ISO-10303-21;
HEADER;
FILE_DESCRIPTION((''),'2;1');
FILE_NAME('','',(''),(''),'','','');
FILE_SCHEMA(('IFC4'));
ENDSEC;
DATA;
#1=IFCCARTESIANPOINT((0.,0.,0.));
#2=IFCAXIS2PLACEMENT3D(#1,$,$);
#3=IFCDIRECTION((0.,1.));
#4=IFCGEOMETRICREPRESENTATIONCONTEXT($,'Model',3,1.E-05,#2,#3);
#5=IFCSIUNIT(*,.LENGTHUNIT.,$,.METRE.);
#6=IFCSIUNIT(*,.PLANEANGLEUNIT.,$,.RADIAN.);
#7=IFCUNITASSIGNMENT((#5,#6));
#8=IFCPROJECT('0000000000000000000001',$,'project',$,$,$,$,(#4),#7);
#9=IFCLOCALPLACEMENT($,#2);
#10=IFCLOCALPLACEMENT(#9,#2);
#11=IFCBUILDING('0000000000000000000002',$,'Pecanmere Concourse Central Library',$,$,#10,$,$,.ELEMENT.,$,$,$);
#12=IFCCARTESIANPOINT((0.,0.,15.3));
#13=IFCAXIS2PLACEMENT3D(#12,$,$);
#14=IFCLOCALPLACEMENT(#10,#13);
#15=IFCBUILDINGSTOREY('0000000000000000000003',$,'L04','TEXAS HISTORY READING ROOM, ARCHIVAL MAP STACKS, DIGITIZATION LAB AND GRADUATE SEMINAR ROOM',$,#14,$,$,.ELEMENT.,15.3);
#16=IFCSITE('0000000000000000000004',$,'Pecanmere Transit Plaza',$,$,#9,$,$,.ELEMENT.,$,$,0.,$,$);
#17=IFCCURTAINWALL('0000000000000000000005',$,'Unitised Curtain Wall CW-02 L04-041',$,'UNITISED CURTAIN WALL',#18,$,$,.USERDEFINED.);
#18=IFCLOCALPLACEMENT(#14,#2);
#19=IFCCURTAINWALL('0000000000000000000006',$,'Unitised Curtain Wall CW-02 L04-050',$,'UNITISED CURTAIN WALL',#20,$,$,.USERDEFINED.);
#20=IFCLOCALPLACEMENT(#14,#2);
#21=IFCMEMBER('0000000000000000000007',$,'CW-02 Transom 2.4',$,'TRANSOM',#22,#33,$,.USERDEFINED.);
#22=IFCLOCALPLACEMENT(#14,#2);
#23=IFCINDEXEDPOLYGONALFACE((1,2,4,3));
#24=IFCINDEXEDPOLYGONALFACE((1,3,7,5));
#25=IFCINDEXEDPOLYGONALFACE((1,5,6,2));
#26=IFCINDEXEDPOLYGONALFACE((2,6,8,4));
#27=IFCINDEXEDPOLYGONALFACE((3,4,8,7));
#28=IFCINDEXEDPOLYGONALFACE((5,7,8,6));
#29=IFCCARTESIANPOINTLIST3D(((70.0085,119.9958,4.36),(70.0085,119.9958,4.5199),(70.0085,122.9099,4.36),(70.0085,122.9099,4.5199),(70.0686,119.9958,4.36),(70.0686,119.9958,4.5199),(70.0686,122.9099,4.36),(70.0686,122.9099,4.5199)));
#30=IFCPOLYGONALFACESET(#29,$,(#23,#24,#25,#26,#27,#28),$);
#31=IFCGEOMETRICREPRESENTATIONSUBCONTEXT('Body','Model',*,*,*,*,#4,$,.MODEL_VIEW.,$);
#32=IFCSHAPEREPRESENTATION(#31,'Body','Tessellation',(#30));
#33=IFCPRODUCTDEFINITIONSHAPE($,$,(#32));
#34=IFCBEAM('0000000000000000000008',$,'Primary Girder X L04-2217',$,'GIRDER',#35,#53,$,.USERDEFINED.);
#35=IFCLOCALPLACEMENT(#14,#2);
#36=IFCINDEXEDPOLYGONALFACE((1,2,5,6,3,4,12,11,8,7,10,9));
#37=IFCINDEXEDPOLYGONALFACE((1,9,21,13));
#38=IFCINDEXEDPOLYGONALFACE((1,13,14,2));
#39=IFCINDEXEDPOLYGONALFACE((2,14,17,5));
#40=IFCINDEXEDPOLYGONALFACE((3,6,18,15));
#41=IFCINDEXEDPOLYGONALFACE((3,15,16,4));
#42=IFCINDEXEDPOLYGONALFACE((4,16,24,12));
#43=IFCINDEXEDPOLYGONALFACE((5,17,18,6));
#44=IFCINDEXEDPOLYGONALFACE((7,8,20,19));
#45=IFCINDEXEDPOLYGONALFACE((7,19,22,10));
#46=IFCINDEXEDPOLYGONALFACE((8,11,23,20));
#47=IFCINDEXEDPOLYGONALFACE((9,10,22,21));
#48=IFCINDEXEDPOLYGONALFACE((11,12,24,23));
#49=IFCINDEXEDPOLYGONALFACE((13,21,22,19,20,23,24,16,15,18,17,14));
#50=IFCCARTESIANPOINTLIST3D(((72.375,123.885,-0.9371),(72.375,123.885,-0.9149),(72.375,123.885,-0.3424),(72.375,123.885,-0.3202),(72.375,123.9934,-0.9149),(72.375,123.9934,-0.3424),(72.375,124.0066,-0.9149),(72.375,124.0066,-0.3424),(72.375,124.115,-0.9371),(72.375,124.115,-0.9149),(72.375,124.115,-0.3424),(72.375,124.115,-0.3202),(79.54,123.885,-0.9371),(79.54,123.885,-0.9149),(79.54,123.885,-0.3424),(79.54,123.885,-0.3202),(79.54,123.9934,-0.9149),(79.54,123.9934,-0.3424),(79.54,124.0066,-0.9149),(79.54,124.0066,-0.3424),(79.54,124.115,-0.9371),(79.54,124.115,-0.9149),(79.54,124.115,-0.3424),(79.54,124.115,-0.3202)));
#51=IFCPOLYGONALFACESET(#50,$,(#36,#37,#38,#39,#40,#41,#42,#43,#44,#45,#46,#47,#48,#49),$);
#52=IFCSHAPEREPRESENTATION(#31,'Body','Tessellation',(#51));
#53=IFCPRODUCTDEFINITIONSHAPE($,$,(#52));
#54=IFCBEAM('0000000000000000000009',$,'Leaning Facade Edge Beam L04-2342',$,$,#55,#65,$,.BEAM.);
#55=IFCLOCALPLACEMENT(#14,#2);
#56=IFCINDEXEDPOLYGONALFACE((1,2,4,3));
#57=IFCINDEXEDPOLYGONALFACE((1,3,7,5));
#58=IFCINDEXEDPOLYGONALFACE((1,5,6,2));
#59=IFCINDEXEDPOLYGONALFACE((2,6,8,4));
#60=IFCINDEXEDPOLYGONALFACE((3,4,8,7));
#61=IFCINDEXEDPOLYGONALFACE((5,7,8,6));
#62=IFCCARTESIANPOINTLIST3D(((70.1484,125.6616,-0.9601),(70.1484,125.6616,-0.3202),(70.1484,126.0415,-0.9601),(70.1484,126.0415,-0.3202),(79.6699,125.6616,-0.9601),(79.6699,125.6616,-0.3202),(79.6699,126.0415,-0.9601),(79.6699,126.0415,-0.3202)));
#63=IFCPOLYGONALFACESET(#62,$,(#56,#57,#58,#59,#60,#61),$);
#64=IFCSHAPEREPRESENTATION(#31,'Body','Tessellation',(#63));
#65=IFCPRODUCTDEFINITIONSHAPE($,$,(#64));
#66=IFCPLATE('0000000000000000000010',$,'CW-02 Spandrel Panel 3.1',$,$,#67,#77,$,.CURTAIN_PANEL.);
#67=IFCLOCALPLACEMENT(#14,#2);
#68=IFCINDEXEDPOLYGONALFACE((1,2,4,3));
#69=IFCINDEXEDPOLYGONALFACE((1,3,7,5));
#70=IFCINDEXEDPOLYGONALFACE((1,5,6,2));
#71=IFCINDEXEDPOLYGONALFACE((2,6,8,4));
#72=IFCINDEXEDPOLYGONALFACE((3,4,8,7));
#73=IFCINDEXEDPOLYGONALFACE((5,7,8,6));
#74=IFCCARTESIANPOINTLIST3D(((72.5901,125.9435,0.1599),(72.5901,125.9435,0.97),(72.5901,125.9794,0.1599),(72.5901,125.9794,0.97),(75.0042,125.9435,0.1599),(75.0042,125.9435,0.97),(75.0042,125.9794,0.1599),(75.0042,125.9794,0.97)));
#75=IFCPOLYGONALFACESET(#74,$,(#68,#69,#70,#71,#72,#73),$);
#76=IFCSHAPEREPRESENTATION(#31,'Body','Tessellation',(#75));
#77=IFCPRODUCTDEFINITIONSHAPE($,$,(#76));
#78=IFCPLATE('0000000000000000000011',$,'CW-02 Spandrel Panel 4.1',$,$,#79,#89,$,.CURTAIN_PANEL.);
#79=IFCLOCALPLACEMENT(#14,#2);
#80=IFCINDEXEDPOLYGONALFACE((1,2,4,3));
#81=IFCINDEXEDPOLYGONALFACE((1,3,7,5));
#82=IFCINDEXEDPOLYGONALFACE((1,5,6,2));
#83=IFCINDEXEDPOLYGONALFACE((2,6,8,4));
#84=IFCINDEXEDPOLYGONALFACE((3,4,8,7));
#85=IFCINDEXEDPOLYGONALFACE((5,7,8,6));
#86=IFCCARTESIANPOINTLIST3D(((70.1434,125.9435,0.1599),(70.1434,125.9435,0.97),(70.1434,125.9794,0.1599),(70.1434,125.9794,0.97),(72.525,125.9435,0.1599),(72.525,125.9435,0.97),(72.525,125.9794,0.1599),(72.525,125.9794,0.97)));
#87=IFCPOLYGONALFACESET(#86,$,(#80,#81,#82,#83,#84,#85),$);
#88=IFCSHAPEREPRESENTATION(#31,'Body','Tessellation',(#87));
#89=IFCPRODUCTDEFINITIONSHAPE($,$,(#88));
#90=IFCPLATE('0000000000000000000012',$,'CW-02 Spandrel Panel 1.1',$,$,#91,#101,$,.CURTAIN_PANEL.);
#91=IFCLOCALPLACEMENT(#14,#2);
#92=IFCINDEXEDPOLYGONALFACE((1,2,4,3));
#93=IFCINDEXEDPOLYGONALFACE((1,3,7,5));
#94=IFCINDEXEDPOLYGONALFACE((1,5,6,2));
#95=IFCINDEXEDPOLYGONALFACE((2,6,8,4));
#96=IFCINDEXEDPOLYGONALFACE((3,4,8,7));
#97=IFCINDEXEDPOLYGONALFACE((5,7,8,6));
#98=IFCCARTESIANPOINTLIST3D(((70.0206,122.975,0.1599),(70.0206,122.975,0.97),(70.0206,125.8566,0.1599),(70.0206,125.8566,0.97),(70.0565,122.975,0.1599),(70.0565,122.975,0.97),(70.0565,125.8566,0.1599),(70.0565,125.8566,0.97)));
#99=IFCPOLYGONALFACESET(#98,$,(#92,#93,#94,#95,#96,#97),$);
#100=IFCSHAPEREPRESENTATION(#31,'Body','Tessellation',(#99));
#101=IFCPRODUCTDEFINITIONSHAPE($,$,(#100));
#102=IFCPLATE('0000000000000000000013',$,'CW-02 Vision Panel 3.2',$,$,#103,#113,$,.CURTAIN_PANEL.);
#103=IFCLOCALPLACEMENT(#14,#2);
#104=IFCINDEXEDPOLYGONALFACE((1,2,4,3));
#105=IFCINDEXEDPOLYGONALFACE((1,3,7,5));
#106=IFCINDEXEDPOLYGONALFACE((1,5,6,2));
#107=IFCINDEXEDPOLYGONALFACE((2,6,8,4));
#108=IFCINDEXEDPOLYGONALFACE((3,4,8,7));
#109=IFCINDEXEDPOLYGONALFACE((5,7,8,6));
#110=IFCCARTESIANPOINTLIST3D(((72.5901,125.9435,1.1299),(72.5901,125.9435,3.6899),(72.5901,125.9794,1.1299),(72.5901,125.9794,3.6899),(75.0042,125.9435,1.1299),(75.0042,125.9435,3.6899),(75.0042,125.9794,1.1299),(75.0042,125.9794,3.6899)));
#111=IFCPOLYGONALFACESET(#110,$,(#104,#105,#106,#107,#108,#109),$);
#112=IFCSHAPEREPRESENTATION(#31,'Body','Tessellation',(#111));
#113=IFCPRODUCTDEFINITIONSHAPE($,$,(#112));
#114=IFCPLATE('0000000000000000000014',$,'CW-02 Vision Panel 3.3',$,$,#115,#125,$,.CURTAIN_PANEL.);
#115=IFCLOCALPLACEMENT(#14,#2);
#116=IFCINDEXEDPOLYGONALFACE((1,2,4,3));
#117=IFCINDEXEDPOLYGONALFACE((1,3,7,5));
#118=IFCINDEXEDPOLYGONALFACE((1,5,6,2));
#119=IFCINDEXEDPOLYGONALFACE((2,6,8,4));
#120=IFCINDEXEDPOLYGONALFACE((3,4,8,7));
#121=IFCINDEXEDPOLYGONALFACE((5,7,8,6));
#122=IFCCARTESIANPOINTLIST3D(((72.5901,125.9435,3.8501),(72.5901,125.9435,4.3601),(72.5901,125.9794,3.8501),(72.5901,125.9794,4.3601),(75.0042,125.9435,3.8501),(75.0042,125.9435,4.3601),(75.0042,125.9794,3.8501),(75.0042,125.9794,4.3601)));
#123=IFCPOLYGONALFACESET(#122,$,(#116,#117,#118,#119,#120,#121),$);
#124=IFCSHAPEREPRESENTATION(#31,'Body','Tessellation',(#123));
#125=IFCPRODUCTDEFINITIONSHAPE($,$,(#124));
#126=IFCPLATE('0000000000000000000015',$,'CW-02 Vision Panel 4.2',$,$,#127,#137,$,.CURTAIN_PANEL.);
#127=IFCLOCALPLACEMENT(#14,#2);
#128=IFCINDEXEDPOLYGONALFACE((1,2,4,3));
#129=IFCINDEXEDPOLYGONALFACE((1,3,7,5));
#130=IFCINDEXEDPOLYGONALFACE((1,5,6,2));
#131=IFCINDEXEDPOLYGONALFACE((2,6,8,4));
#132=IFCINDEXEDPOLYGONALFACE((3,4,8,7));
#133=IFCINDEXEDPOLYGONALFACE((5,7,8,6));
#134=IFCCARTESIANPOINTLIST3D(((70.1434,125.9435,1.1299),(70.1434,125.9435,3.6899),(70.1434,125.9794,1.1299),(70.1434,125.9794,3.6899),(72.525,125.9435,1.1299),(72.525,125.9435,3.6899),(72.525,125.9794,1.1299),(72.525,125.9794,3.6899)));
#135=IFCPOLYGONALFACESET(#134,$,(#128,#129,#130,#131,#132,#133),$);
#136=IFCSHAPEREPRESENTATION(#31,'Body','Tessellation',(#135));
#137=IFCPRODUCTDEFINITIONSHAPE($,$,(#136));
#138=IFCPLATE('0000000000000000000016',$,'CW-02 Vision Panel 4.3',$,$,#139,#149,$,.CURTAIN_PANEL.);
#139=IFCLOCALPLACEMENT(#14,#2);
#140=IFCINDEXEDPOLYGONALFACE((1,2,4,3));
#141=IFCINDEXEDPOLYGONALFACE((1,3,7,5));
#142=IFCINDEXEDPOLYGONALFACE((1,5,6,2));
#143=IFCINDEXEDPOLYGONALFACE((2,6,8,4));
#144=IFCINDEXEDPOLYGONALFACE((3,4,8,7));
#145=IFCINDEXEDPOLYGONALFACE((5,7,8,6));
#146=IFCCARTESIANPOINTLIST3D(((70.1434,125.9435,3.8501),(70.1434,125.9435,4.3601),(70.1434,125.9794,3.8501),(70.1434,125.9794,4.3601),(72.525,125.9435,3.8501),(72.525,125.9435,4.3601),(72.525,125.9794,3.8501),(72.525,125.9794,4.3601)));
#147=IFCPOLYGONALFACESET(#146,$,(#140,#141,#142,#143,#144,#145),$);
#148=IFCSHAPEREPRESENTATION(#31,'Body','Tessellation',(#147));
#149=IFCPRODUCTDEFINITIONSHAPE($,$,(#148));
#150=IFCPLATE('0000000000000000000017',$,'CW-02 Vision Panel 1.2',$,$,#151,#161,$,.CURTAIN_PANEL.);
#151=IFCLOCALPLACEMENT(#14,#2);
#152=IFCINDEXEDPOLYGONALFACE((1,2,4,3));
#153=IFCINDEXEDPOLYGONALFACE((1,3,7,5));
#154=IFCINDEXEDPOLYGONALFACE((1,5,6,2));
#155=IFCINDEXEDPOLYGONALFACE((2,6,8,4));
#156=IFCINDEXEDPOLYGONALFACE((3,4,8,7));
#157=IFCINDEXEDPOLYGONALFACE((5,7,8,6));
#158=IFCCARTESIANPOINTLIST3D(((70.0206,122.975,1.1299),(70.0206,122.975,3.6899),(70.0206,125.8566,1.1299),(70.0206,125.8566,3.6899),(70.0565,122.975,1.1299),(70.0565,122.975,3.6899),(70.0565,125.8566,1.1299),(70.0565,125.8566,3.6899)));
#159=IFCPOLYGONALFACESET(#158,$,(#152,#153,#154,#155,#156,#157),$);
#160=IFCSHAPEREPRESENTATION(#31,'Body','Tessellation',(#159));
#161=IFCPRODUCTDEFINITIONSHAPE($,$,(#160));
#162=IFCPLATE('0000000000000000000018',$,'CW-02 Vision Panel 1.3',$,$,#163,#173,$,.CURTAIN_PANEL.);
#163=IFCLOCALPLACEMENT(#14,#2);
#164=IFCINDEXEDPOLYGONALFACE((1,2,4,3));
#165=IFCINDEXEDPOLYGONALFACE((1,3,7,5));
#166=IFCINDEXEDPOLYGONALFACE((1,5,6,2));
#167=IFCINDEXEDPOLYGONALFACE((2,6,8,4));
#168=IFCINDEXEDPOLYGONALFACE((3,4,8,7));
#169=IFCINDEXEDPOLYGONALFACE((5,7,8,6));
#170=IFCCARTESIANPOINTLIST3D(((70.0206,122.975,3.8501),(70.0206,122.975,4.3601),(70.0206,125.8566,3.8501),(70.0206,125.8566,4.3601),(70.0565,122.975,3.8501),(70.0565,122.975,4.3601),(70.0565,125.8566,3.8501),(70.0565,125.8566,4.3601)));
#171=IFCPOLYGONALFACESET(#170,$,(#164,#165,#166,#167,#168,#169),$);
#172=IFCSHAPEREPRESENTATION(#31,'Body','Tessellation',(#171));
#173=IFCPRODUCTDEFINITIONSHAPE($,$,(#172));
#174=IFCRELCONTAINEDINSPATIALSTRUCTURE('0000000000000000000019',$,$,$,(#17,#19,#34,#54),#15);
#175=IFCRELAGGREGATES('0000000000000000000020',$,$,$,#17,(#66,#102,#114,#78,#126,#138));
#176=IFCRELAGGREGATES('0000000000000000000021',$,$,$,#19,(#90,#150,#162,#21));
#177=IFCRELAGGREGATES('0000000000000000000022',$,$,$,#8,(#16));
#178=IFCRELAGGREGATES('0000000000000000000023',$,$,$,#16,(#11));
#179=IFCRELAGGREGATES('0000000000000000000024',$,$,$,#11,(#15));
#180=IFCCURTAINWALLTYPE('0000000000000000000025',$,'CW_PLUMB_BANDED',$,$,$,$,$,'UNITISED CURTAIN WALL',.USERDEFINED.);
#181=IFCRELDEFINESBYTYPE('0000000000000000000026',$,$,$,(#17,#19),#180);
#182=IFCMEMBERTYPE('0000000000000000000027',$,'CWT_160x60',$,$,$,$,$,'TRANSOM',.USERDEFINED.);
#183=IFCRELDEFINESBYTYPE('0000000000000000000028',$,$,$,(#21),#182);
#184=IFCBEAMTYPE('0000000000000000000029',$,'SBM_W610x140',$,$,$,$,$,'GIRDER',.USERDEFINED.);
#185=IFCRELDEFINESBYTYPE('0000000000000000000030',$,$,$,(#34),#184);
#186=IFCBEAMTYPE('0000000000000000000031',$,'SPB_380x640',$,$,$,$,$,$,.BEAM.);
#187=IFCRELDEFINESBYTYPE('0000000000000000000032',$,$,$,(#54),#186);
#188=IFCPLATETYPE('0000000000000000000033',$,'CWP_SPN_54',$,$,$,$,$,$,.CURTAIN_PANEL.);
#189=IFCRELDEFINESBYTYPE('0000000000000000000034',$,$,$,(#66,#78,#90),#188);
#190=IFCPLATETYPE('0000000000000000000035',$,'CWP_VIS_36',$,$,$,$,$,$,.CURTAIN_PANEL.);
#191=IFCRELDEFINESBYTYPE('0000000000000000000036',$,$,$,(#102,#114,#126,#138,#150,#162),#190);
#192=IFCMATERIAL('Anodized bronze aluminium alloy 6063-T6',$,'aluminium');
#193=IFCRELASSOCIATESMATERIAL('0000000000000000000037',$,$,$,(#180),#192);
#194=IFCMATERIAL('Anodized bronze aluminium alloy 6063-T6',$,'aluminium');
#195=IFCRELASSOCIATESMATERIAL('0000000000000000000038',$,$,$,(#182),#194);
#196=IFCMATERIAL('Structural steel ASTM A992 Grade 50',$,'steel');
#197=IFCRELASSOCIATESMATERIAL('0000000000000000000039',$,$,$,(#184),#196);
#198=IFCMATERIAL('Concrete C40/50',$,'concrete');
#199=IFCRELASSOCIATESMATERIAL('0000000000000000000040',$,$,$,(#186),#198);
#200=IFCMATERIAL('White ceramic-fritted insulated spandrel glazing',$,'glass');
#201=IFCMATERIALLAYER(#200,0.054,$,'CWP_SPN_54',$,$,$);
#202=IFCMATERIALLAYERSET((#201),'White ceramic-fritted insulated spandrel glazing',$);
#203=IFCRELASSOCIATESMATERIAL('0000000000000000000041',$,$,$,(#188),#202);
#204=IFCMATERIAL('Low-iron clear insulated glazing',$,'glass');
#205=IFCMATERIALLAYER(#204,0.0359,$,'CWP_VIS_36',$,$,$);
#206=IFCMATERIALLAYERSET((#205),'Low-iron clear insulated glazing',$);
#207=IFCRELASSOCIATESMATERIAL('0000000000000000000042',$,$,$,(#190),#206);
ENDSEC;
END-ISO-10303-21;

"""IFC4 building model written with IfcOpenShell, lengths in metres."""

from ifc_helpers import new_model, si_unit, direction, frame, origin, origin_2d, place, context, subcontext, project, spatial, rectangle, i_section, extrude, material, layer, layer_set, material_profile, profile_set, type_object, element, aggregate, save


model = new_model("IFC4")

# Units and contexts
model_context = context("Model", 3, precision=1e-05, world=origin(), true_north=direction((0.0, 1.0)))
body_context = subcontext(model_context, "Body", "Model", "MODEL_VIEW")
ifc_project = project(units=[si_unit("LENGTHUNIT", "METRE"), si_unit("PLANEANGLEUNIT", "RADIAN")], contexts=[model_context])

# Site, building, storey
site_placement = place(None, origin())
site = spatial("IfcSite", under=ifc_project, at=site_placement, Name="Pecanmere Transit Plaza", CompositionType="ELEMENT", RefElevation=0.0)
building_placement = place(site_placement, origin())
building = spatial("IfcBuilding", under=site, at=building_placement, Name="Pecanmere Concourse Central Library", CompositionType="ELEMENT")
storey_placement = place(building_placement, frame((0.0, 0.0, 15.3)))
storey = spatial("IfcBuildingStorey", under=building, at=storey_placement, Name="L04", Description="TEXAS HISTORY READING ROOM, ARCHIVAL MAP STACKS, DIGITIZATION LAB AND GRADUATE SEMINAR ROOM", CompositionType="ELEMENT", Elevation=15.3)

# Curtain walls
ifc_material_1 = material(Name="Anodized bronze aluminium alloy 6063-T6", Category="aluminium")
curtain_wall_type = type_object("IfcCurtainWallType", Name="CW_PLUMB_BANDED", ElementType="UNITISED CURTAIN WALL", PredefinedType="USERDEFINED", material=ifc_material_1)
curtain_wall_1_placement = place(storey_placement, origin())
curtain_wall_1 = element("IfcCurtainWall", 1, at=curtain_wall_1_placement, inside=storey, type_object=curtain_wall_type, Name="Unitised Curtain Wall CW-02 L04-041", ObjectType="UNITISED CURTAIN WALL", PredefinedType="USERDEFINED")
curtain_wall_2_placement = place(storey_placement, origin())
curtain_wall_2 = element("IfcCurtainWall", 2, at=curtain_wall_2_placement, inside=storey, type_object=curtain_wall_type, Name="Unitised Curtain Wall CW-02 L04-050", ObjectType="UNITISED CURTAIN WALL", PredefinedType="USERDEFINED")

# Member
ifc_material_2 = material(Name="Anodized bronze aluminium alloy 6063-T6", Category="aluminium")
ifc_material_profile_1 = material_profile(ifc_material_2, rectangle(XDim=0.0601, YDim=0.1599, at=origin_2d()), Name="AL 60x160")
ifc_profile_set_1 = profile_set([ifc_material_profile_1], Name="Anodized bronze aluminium alloy 6063-T6")
member_type_1 = type_object("IfcMemberType", Name="CWT_160x60", ElementType="TRANSOM", PredefinedType="USERDEFINED", material=ifc_profile_set_1)
member_1_placement = place(storey_placement, frame((70.0386, 122.9099, 4.4399), z_axis=(0.0, -1.0, 0.0), x_axis=(1.0, 0.0, 0.0)))
member_1 = element("IfcMember", 3, at=member_1_placement, type_object=member_type_1, Name="CW-02 Transom 2.4", ObjectType="TRANSOM", PredefinedType="USERDEFINED", context=body_context, shape_type="SweptSolid", body=[
    extrude(rectangle(XDim=0.0601, YDim=0.1599, at=origin_2d()), origin(), (0.0, 0.0, 1.0), 2.9141),
])

# Beams
ifc_material_3 = material(Name="Structural steel ASTM A992 Grade 50", Category="steel")
ifc_material_profile_2 = material_profile(ifc_material_3, i_section(OverallWidth=0.23, OverallDepth=0.6169, WebThickness=0.0132, FlangeThickness=0.0222, at=origin_2d()), Name="W610x140")
ifc_profile_set_2 = profile_set([ifc_material_profile_2], Name="Structural steel ASTM A992 Grade 50")
beam_type_1 = type_object("IfcBeamType", Name="SBM_W610x140", ElementType="GIRDER", PredefinedType="USERDEFINED", material=ifc_profile_set_2)
beam_1_placement = place(storey_placement, frame((72.375, 124.0, -0.6287), z_axis=(1.0, 0.0, 0.0), x_axis=(0.0, 1.0, 0.0)))
element("IfcBeam", 4, at=beam_1_placement, inside=storey, type_object=beam_type_1, Name="Primary Girder X L04-2217", ObjectType="GIRDER", PredefinedType="USERDEFINED", context=body_context, shape_type="SweptSolid", body=[
    extrude(i_section(OverallWidth=0.23, OverallDepth=0.6169, WebThickness=0.0132, FlangeThickness=0.0222, at=origin_2d()), origin(), (0.0, 0.0, 1.0), 7.165),
])
ifc_material_4 = material(Name="Concrete C40/50", Category="concrete")
ifc_material_profile_3 = material_profile(ifc_material_4, rectangle(XDim=0.3799, YDim=0.6399, at=origin_2d()), Name="RC 380x640")
ifc_profile_set_3 = profile_set([ifc_material_profile_3], Name="Concrete C40/50")
beam_type_2 = type_object("IfcBeamType", Name="SPB_380x640", PredefinedType="BEAM", material=ifc_profile_set_3)
beam_2_placement = place(storey_placement, frame((70.1484, 125.8516, -0.6401), z_axis=(1.0, 0.0, 0.0), x_axis=(0.0, 1.0, 0.0)))
element("IfcBeam", 5, at=beam_2_placement, inside=storey, type_object=beam_type_2, Name="Leaning Facade Edge Beam L04-2342", PredefinedType="BEAM", context=body_context, shape_type="SweptSolid", body=[
    extrude(rectangle(XDim=0.3799, YDim=0.6399, at=origin_2d()), origin(), (0.0, 0.0, 1.0), 9.5215),
])

# Plates
ifc_material_5 = material(Name="White ceramic-fritted insulated spandrel glazing", Category="glass")
ifc_layer_1 = layer(ifc_material_5, 0.054, Name="CWP_SPN_54")
ifc_layer_set_1 = layer_set([ifc_layer_1], Name="White ceramic-fritted insulated spandrel glazing")
plate_type_1 = type_object("IfcPlateType", Name="CWP_SPN_54", PredefinedType="CURTAIN_PANEL", material=ifc_layer_set_1)
plate_1_placement = place(storey_placement, frame((73.7971, 125.9614, 0.1599), z_axis=(0.0, 0.0, 1.0), x_axis=(-1.0, 0.0, 0.0)))
plate_1 = element("IfcPlate", 6, at=plate_1_placement, type_object=plate_type_1, Name="CW-02 Spandrel Panel 3.1", PredefinedType="CURTAIN_PANEL", context=body_context, shape_type="SweptSolid", body=[
    extrude(rectangle(XDim=2.4141, YDim=0.0359, at=origin_2d()), origin(), (0.0, 0.0, 1.0), 0.8101),
])
plate_2_placement = place(storey_placement, frame((71.3342, 125.9614, 0.1599), z_axis=(0.0, 0.0, 1.0), x_axis=(-1.0, 0.0, 0.0)))
plate_2 = element("IfcPlate", 7, at=plate_2_placement, type_object=plate_type_1, Name="CW-02 Spandrel Panel 4.1", PredefinedType="CURTAIN_PANEL", context=body_context, shape_type="SweptSolid", body=[
    extrude(rectangle(XDim=2.3816, YDim=0.0359, at=origin_2d()), origin(), (0.0, 0.0, 1.0), 0.8101),
])
plate_3_placement = place(storey_placement, frame((70.0386, 124.4158, 0.1599), z_axis=(0.0, 0.0, 1.0), x_axis=(0.0, -1.0, 0.0)))
plate_3 = element("IfcPlate", 8, at=plate_3_placement, type_object=plate_type_1, Name="CW-02 Spandrel Panel 1.1", PredefinedType="CURTAIN_PANEL", context=body_context, shape_type="SweptSolid", body=[
    extrude(rectangle(XDim=2.8816, YDim=0.0359, at=origin_2d()), origin(), (0.0, 0.0, 1.0), 0.8101),
])
ifc_material_6 = material(Name="Low-iron clear insulated glazing", Category="glass")
ifc_layer_2 = layer(ifc_material_6, 0.0359, Name="CWP_VIS_36")
ifc_layer_set_2 = layer_set([ifc_layer_2], Name="Low-iron clear insulated glazing")
plate_type_2 = type_object("IfcPlateType", Name="CWP_VIS_36", PredefinedType="CURTAIN_PANEL", material=ifc_layer_set_2)
plate_4_placement = place(storey_placement, frame((73.7971, 125.9614, 1.1299), z_axis=(0.0, 0.0, 1.0), x_axis=(-1.0, 0.0, 0.0)))
plate_4 = element("IfcPlate", 9, at=plate_4_placement, type_object=plate_type_2, Name="CW-02 Vision Panel 3.2", PredefinedType="CURTAIN_PANEL", context=body_context, shape_type="SweptSolid", body=[
    extrude(rectangle(XDim=2.4141, YDim=0.0359, at=origin_2d()), origin(), (0.0, 0.0, 1.0), 2.5601),
])
plate_5_placement = place(storey_placement, frame((73.7971, 125.9614, 3.8501), z_axis=(0.0, 0.0, 1.0), x_axis=(-1.0, 0.0, 0.0)))
plate_5 = element("IfcPlate", 10, at=plate_5_placement, type_object=plate_type_2, Name="CW-02 Vision Panel 3.3", PredefinedType="CURTAIN_PANEL", context=body_context, shape_type="SweptSolid", body=[
    extrude(rectangle(XDim=2.4141, YDim=0.0359, at=origin_2d()), origin(), (0.0, 0.0, 1.0), 0.51),
])
plate_6_placement = place(storey_placement, frame((71.3342, 125.9614, 1.1299), z_axis=(0.0, 0.0, 1.0), x_axis=(-1.0, 0.0, 0.0)))
plate_6 = element("IfcPlate", 11, at=plate_6_placement, type_object=plate_type_2, Name="CW-02 Vision Panel 4.2", PredefinedType="CURTAIN_PANEL", context=body_context, shape_type="SweptSolid", body=[
    extrude(rectangle(XDim=2.3816, YDim=0.0359, at=origin_2d()), origin(), (0.0, 0.0, 1.0), 2.5601),
])
plate_7_placement = place(storey_placement, frame((71.3342, 125.9614, 3.8501), z_axis=(0.0, 0.0, 1.0), x_axis=(-1.0, 0.0, 0.0)))
plate_7 = element("IfcPlate", 12, at=plate_7_placement, type_object=plate_type_2, Name="CW-02 Vision Panel 4.3", PredefinedType="CURTAIN_PANEL", context=body_context, shape_type="SweptSolid", body=[
    extrude(rectangle(XDim=2.3816, YDim=0.0359, at=origin_2d()), origin(), (0.0, 0.0, 1.0), 0.51),
])
aggregate(curtain_wall_1, [plate_1, plate_4, plate_5, plate_2, plate_6, plate_7])
plate_8_placement = place(storey_placement, frame((70.0386, 124.4158, 1.1299), z_axis=(0.0, 0.0, 1.0), x_axis=(0.0, -1.0, 0.0)))
plate_8 = element("IfcPlate", 13, at=plate_8_placement, type_object=plate_type_2, Name="CW-02 Vision Panel 1.2", PredefinedType="CURTAIN_PANEL", context=body_context, shape_type="SweptSolid", body=[
    extrude(rectangle(XDim=2.8816, YDim=0.0359, at=origin_2d()), origin(), (0.0, 0.0, 1.0), 2.5601),
])
plate_9_placement = place(storey_placement, frame((70.0386, 124.4158, 3.8501), z_axis=(0.0, 0.0, 1.0), x_axis=(0.0, -1.0, 0.0)))
plate_9 = element("IfcPlate", 14, at=plate_9_placement, type_object=plate_type_2, Name="CW-02 Vision Panel 1.3", PredefinedType="CURTAIN_PANEL", context=body_context, shape_type="SweptSolid", body=[
    extrude(rectangle(XDim=2.8816, YDim=0.0359, at=origin_2d()), origin(), (0.0, 0.0, 1.0), 0.51),
])
aggregate(curtain_wall_2, [plate_3, plate_8, plate_9, member_1])

save(model, "model.ifc")
